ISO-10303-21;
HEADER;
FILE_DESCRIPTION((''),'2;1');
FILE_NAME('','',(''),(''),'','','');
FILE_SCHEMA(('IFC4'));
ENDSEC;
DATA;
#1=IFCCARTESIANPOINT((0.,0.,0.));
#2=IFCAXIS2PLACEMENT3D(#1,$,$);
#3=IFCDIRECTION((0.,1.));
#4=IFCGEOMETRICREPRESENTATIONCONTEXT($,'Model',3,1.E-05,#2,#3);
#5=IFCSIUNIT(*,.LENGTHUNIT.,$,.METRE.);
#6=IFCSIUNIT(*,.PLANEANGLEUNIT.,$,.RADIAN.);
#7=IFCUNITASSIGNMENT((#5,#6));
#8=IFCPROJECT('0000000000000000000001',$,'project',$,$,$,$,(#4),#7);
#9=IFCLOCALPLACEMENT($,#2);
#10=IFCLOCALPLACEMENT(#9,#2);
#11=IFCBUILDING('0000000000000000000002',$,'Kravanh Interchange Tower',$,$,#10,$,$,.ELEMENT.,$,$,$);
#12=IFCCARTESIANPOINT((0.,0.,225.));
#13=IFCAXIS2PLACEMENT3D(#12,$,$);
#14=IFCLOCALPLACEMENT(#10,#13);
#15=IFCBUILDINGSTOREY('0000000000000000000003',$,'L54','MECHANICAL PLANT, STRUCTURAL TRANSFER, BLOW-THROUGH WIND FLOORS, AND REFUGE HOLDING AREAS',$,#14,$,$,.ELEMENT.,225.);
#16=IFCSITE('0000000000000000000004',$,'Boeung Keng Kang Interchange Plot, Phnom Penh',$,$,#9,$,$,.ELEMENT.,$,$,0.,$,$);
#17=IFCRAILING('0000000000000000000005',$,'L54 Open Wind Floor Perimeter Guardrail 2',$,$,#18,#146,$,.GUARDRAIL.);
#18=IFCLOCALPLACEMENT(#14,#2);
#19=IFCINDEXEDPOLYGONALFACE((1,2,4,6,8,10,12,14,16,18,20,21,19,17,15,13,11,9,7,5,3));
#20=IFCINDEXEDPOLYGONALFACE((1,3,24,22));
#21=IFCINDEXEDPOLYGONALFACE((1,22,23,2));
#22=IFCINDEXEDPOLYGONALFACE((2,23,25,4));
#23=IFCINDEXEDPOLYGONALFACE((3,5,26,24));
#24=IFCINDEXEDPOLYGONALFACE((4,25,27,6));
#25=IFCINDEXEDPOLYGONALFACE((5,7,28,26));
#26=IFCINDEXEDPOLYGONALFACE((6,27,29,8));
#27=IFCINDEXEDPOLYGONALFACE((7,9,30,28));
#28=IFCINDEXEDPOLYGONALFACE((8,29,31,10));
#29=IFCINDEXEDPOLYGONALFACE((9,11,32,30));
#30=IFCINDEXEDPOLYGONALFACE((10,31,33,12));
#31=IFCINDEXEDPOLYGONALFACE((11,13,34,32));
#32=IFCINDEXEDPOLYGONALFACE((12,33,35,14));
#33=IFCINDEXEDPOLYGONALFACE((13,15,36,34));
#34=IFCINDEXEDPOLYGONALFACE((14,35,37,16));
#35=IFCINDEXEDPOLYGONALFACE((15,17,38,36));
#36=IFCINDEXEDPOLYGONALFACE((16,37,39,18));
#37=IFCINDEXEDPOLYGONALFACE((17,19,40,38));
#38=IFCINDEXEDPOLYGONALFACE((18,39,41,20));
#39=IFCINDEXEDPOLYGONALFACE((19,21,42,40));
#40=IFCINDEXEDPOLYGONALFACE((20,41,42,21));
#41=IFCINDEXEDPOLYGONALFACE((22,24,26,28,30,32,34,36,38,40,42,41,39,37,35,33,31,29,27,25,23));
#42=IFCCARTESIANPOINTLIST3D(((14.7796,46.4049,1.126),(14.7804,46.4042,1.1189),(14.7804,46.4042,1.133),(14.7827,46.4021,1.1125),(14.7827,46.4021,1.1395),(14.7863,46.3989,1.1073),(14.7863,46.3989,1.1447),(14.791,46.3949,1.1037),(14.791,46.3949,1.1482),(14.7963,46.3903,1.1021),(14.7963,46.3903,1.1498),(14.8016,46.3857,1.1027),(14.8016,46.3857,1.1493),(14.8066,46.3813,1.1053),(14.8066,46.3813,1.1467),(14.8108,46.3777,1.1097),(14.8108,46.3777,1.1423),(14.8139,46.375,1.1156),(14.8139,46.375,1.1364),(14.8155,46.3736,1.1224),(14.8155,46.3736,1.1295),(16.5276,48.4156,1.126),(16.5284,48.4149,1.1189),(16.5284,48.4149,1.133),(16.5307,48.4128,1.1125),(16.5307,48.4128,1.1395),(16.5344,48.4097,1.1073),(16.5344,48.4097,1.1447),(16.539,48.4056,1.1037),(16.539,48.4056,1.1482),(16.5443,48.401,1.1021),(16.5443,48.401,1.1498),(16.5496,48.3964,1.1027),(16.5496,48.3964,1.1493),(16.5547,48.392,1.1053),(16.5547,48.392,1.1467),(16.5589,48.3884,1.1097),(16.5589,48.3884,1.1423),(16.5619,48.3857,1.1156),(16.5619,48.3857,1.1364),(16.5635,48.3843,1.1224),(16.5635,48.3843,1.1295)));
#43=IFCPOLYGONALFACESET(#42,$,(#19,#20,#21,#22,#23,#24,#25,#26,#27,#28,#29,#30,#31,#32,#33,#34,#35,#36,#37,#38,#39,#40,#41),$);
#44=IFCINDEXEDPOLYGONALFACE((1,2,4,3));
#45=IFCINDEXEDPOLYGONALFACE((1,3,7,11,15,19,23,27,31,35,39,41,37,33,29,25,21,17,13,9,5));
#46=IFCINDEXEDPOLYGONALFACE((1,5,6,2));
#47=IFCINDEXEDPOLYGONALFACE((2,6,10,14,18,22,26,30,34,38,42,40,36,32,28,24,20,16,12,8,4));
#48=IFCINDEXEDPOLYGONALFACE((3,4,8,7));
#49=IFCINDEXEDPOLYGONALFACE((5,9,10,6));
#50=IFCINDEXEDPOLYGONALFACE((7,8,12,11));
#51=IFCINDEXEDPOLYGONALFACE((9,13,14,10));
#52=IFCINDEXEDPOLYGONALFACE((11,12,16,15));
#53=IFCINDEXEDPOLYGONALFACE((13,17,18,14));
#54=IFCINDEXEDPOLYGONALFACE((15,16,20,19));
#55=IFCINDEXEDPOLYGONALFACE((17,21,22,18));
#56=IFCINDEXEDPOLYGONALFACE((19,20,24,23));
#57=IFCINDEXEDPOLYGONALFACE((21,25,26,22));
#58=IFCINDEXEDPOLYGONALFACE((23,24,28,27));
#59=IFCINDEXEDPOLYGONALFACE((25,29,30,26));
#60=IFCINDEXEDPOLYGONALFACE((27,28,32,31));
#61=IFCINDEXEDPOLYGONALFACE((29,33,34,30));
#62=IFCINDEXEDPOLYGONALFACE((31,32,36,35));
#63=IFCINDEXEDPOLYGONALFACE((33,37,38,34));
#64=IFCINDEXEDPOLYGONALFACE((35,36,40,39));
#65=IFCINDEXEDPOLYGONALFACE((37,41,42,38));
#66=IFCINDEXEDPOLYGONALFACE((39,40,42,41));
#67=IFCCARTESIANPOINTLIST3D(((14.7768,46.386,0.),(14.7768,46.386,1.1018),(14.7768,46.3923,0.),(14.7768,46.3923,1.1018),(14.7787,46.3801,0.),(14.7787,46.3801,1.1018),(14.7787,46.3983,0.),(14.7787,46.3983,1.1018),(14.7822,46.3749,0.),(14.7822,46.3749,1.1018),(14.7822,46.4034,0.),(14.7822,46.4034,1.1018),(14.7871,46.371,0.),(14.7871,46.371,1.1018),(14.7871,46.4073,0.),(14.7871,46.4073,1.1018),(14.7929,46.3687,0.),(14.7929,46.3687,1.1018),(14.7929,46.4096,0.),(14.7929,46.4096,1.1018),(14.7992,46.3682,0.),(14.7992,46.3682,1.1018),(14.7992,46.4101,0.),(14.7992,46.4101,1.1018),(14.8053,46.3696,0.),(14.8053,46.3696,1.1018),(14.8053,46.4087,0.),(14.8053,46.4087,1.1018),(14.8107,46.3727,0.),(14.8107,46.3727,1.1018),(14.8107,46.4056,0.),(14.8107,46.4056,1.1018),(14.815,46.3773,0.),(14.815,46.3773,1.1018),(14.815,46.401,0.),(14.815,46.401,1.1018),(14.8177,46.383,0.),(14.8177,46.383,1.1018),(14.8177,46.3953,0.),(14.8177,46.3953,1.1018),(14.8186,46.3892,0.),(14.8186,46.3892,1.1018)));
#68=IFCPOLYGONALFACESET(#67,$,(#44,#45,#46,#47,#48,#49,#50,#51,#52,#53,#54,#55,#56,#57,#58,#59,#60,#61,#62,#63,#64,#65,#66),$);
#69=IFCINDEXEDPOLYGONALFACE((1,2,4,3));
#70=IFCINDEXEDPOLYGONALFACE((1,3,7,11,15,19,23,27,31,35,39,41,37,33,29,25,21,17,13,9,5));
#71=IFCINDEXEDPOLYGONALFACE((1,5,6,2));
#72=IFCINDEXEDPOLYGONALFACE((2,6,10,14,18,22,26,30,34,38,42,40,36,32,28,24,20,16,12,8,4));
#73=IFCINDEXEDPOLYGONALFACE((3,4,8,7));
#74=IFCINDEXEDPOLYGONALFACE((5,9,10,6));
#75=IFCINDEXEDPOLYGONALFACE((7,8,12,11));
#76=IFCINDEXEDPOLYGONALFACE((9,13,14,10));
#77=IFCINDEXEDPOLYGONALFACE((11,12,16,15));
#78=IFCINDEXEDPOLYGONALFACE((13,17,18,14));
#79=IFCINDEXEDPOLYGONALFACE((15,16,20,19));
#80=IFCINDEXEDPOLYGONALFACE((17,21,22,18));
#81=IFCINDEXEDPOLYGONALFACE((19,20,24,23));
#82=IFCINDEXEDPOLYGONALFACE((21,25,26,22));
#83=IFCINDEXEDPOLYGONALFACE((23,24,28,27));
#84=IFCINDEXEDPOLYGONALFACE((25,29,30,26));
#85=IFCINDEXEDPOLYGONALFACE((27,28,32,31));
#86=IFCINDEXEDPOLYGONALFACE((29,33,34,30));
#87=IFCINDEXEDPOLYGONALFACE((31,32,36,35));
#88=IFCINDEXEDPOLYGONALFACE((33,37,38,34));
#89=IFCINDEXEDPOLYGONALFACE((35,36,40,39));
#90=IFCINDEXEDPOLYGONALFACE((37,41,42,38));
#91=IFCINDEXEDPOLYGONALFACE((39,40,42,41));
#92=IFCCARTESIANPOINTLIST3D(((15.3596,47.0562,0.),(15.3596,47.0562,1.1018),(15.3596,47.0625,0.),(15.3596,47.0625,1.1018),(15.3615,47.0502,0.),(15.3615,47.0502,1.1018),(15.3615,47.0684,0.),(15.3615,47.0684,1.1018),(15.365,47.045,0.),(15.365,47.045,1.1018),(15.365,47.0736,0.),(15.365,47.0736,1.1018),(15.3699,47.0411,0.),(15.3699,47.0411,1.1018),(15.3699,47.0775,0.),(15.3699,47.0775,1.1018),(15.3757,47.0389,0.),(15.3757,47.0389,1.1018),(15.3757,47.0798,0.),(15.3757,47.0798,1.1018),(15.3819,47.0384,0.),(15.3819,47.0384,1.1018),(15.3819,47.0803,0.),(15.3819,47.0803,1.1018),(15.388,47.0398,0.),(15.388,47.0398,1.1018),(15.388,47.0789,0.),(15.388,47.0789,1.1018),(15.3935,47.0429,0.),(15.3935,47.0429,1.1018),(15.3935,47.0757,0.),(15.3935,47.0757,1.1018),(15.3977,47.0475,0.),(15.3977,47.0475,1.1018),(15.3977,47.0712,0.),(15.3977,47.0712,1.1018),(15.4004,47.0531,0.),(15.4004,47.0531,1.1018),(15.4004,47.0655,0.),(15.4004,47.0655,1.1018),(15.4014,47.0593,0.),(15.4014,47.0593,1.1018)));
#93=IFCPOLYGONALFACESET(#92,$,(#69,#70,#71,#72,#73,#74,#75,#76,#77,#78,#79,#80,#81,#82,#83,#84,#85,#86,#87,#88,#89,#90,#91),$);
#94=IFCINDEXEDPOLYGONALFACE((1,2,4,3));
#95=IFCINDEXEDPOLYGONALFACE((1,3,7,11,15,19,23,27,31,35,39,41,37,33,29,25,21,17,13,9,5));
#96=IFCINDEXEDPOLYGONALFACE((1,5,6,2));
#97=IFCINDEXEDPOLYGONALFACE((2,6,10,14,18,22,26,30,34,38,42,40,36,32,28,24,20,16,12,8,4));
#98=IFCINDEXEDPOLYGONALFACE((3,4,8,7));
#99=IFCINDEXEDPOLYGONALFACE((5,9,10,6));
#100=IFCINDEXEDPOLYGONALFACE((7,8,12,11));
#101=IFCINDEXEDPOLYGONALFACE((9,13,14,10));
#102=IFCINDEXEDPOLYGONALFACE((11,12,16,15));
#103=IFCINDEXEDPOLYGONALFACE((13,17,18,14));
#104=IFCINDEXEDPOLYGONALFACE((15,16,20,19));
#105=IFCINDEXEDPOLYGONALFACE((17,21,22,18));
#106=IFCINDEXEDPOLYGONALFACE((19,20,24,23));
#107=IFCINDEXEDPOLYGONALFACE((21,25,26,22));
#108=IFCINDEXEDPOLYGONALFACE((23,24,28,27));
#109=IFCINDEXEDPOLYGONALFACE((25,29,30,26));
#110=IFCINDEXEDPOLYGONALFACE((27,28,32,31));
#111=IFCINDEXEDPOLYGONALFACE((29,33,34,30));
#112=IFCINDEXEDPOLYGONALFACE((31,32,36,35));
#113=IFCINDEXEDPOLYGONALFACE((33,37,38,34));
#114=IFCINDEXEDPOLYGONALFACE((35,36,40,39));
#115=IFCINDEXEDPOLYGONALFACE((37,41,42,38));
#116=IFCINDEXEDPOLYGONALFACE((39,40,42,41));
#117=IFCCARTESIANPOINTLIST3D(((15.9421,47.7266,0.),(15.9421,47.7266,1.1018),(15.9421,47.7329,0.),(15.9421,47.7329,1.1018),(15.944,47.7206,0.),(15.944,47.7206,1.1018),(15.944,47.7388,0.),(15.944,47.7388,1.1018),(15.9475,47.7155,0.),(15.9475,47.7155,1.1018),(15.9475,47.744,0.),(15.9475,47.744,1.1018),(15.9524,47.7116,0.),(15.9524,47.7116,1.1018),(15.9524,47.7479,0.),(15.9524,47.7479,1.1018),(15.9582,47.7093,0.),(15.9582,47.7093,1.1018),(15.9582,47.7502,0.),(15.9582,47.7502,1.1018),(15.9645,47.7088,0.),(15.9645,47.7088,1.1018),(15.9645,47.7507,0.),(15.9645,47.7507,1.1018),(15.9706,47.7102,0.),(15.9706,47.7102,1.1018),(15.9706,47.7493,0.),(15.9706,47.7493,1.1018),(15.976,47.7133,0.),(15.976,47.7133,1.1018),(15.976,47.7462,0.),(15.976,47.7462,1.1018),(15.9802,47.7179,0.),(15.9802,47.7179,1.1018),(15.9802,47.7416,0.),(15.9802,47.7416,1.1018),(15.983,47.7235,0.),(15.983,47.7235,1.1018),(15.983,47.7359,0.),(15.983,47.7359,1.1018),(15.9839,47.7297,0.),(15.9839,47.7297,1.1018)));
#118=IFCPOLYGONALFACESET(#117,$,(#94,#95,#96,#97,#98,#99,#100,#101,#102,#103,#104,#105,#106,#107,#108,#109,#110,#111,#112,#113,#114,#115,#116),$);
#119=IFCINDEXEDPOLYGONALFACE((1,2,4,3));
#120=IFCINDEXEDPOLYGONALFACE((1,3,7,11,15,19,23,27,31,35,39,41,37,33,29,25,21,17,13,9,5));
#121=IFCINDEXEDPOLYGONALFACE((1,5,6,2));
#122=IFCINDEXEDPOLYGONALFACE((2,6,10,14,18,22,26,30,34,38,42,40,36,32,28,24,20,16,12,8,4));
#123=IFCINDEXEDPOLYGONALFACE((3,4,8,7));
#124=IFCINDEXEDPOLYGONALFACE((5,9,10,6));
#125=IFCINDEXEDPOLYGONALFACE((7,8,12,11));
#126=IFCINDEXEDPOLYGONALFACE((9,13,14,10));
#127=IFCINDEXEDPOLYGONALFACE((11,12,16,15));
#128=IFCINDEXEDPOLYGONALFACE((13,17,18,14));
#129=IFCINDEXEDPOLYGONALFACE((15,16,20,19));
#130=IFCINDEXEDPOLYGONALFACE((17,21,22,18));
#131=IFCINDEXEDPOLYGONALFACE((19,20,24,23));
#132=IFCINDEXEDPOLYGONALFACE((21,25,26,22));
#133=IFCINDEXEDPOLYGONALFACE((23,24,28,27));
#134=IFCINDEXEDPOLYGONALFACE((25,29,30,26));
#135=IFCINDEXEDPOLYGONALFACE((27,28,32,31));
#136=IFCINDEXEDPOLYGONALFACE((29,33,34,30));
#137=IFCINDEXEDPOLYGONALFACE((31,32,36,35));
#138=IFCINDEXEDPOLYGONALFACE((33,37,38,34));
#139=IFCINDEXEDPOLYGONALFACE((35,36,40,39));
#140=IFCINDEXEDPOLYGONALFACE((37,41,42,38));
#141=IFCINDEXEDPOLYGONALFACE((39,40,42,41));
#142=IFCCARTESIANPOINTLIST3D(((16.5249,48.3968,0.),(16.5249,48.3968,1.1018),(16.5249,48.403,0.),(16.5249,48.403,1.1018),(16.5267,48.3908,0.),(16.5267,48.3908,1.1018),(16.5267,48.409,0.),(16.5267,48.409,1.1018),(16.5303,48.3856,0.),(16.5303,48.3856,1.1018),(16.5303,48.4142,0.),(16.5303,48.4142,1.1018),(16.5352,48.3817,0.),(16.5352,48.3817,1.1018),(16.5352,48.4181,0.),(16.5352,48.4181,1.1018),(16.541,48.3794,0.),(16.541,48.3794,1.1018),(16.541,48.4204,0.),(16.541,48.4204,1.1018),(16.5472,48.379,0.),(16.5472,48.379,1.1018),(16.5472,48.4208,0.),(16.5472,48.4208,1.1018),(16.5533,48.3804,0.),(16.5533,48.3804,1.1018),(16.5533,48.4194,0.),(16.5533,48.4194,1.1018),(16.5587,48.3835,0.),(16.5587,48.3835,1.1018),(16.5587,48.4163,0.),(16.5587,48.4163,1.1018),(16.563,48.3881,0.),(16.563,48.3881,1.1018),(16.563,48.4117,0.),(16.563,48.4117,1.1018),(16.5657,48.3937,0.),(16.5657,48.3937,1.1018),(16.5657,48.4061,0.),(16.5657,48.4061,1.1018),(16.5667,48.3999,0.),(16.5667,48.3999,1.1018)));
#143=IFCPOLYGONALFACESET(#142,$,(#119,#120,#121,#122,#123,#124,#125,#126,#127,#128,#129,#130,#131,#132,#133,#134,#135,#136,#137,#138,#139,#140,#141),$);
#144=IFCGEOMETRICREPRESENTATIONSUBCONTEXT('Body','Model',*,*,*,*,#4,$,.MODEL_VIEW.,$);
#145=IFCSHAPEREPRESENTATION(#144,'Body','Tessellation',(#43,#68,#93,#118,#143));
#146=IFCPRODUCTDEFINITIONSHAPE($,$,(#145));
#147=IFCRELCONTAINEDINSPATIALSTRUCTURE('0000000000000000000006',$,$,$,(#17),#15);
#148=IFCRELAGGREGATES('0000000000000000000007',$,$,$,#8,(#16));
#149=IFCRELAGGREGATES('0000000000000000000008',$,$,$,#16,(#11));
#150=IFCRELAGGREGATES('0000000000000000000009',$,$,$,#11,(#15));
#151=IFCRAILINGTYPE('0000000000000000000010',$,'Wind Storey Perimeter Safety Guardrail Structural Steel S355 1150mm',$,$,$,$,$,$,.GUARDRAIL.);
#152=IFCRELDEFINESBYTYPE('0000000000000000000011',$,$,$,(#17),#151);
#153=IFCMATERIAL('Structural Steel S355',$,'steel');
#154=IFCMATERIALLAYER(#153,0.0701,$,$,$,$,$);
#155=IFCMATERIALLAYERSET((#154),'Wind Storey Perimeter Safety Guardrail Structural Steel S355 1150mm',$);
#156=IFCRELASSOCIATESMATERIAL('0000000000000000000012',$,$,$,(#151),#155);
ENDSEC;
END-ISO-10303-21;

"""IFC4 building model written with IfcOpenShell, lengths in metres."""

from ifc_helpers import new_model, si_unit, direction, frame, origin, origin_2d, place, context, subcontext, project, spatial, circle, extrude, material, layer, layer_set, type_object, element, save


model = new_model("IFC4")

# Units and contexts
model_context = context("Model", 3, precision=1e-05, world=origin(), true_north=direction((0.0, 1.0)))
body_context = subcontext(model_context, "Body", "Model", "MODEL_VIEW")
ifc_project = project(units=[si_unit("LENGTHUNIT", "METRE"), si_unit("PLANEANGLEUNIT", "RADIAN")], contexts=[model_context])

# Site, building, storey
site_placement = place(None, origin())
site = spatial("IfcSite", under=ifc_project, at=site_placement, Name="Boeung Keng Kang Interchange Plot, Phnom Penh", CompositionType="ELEMENT", RefElevation=0.0)
building_placement = place(site_placement, origin())
building = spatial("IfcBuilding", under=site, at=building_placement, Name="Kravanh Interchange Tower", CompositionType="ELEMENT")
storey_placement = place(building_placement, frame((0.0, 0.0, 225.0)))
storey = spatial("IfcBuildingStorey", under=building, at=storey_placement, Name="L54", Description="MECHANICAL PLANT, STRUCTURAL TRANSFER, BLOW-THROUGH WIND FLOORS, AND REFUGE HOLDING AREAS", CompositionType="ELEMENT", Elevation=225.0)

# Railing
ifc_material_1 = material(Name="Structural Steel S355", Category="steel")
ifc_layer_1 = layer(ifc_material_1, 0.0701)
ifc_layer_set_1 = layer_set([ifc_layer_1], Name="Wind Storey Perimeter Safety Guardrail Structural Steel S355 1150mm")
railing_type_1 = type_object("IfcRailingType", Name="Wind Storey Perimeter Safety Guardrail Structural Steel S355 1150mm", PredefinedType="GUARDRAIL", material=ifc_layer_set_1)
railing_1_placement = place(storey_placement, frame((14.7976, 46.3892, 0.0)))
element("IfcRailing", 1, at=railing_1_placement, inside=storey, type_object=railing_type_1, Name="L54 Open Wind Floor Perimeter Guardrail 2", PredefinedType="GUARDRAIL", context=body_context, shape_type="SweptSolid", body=[
    extrude(circle(Radius=0.0239, at=origin_2d()), frame((0.0, 0.0, 1.126), z_axis=(0.656088, 0.754684, 0.0), x_axis=(-0.754684, 0.656088, 0.0)), (0.0, 0.0, 1.0), 2.6643),
    extrude(circle(Radius=0.021, at=origin_2d()), origin(), (0.0, 0.0, 1.0), 1.1018),
    extrude(circle(Radius=0.021, at=origin_2d()), frame((0.5828, 0.6702, 0.0)), (0.0, 0.0, 1.0), 1.1018),
    extrude(circle(Radius=0.021, at=origin_2d()), frame((1.1653, 1.3406, 0.0)), (0.0, 0.0, 1.0), 1.1018),
    extrude(circle(Radius=0.021, at=origin_2d()), frame((1.748, 2.0107, 0.0)), (0.0, 0.0, 1.0), 1.1018),
])

save(model, "model.ifc")
